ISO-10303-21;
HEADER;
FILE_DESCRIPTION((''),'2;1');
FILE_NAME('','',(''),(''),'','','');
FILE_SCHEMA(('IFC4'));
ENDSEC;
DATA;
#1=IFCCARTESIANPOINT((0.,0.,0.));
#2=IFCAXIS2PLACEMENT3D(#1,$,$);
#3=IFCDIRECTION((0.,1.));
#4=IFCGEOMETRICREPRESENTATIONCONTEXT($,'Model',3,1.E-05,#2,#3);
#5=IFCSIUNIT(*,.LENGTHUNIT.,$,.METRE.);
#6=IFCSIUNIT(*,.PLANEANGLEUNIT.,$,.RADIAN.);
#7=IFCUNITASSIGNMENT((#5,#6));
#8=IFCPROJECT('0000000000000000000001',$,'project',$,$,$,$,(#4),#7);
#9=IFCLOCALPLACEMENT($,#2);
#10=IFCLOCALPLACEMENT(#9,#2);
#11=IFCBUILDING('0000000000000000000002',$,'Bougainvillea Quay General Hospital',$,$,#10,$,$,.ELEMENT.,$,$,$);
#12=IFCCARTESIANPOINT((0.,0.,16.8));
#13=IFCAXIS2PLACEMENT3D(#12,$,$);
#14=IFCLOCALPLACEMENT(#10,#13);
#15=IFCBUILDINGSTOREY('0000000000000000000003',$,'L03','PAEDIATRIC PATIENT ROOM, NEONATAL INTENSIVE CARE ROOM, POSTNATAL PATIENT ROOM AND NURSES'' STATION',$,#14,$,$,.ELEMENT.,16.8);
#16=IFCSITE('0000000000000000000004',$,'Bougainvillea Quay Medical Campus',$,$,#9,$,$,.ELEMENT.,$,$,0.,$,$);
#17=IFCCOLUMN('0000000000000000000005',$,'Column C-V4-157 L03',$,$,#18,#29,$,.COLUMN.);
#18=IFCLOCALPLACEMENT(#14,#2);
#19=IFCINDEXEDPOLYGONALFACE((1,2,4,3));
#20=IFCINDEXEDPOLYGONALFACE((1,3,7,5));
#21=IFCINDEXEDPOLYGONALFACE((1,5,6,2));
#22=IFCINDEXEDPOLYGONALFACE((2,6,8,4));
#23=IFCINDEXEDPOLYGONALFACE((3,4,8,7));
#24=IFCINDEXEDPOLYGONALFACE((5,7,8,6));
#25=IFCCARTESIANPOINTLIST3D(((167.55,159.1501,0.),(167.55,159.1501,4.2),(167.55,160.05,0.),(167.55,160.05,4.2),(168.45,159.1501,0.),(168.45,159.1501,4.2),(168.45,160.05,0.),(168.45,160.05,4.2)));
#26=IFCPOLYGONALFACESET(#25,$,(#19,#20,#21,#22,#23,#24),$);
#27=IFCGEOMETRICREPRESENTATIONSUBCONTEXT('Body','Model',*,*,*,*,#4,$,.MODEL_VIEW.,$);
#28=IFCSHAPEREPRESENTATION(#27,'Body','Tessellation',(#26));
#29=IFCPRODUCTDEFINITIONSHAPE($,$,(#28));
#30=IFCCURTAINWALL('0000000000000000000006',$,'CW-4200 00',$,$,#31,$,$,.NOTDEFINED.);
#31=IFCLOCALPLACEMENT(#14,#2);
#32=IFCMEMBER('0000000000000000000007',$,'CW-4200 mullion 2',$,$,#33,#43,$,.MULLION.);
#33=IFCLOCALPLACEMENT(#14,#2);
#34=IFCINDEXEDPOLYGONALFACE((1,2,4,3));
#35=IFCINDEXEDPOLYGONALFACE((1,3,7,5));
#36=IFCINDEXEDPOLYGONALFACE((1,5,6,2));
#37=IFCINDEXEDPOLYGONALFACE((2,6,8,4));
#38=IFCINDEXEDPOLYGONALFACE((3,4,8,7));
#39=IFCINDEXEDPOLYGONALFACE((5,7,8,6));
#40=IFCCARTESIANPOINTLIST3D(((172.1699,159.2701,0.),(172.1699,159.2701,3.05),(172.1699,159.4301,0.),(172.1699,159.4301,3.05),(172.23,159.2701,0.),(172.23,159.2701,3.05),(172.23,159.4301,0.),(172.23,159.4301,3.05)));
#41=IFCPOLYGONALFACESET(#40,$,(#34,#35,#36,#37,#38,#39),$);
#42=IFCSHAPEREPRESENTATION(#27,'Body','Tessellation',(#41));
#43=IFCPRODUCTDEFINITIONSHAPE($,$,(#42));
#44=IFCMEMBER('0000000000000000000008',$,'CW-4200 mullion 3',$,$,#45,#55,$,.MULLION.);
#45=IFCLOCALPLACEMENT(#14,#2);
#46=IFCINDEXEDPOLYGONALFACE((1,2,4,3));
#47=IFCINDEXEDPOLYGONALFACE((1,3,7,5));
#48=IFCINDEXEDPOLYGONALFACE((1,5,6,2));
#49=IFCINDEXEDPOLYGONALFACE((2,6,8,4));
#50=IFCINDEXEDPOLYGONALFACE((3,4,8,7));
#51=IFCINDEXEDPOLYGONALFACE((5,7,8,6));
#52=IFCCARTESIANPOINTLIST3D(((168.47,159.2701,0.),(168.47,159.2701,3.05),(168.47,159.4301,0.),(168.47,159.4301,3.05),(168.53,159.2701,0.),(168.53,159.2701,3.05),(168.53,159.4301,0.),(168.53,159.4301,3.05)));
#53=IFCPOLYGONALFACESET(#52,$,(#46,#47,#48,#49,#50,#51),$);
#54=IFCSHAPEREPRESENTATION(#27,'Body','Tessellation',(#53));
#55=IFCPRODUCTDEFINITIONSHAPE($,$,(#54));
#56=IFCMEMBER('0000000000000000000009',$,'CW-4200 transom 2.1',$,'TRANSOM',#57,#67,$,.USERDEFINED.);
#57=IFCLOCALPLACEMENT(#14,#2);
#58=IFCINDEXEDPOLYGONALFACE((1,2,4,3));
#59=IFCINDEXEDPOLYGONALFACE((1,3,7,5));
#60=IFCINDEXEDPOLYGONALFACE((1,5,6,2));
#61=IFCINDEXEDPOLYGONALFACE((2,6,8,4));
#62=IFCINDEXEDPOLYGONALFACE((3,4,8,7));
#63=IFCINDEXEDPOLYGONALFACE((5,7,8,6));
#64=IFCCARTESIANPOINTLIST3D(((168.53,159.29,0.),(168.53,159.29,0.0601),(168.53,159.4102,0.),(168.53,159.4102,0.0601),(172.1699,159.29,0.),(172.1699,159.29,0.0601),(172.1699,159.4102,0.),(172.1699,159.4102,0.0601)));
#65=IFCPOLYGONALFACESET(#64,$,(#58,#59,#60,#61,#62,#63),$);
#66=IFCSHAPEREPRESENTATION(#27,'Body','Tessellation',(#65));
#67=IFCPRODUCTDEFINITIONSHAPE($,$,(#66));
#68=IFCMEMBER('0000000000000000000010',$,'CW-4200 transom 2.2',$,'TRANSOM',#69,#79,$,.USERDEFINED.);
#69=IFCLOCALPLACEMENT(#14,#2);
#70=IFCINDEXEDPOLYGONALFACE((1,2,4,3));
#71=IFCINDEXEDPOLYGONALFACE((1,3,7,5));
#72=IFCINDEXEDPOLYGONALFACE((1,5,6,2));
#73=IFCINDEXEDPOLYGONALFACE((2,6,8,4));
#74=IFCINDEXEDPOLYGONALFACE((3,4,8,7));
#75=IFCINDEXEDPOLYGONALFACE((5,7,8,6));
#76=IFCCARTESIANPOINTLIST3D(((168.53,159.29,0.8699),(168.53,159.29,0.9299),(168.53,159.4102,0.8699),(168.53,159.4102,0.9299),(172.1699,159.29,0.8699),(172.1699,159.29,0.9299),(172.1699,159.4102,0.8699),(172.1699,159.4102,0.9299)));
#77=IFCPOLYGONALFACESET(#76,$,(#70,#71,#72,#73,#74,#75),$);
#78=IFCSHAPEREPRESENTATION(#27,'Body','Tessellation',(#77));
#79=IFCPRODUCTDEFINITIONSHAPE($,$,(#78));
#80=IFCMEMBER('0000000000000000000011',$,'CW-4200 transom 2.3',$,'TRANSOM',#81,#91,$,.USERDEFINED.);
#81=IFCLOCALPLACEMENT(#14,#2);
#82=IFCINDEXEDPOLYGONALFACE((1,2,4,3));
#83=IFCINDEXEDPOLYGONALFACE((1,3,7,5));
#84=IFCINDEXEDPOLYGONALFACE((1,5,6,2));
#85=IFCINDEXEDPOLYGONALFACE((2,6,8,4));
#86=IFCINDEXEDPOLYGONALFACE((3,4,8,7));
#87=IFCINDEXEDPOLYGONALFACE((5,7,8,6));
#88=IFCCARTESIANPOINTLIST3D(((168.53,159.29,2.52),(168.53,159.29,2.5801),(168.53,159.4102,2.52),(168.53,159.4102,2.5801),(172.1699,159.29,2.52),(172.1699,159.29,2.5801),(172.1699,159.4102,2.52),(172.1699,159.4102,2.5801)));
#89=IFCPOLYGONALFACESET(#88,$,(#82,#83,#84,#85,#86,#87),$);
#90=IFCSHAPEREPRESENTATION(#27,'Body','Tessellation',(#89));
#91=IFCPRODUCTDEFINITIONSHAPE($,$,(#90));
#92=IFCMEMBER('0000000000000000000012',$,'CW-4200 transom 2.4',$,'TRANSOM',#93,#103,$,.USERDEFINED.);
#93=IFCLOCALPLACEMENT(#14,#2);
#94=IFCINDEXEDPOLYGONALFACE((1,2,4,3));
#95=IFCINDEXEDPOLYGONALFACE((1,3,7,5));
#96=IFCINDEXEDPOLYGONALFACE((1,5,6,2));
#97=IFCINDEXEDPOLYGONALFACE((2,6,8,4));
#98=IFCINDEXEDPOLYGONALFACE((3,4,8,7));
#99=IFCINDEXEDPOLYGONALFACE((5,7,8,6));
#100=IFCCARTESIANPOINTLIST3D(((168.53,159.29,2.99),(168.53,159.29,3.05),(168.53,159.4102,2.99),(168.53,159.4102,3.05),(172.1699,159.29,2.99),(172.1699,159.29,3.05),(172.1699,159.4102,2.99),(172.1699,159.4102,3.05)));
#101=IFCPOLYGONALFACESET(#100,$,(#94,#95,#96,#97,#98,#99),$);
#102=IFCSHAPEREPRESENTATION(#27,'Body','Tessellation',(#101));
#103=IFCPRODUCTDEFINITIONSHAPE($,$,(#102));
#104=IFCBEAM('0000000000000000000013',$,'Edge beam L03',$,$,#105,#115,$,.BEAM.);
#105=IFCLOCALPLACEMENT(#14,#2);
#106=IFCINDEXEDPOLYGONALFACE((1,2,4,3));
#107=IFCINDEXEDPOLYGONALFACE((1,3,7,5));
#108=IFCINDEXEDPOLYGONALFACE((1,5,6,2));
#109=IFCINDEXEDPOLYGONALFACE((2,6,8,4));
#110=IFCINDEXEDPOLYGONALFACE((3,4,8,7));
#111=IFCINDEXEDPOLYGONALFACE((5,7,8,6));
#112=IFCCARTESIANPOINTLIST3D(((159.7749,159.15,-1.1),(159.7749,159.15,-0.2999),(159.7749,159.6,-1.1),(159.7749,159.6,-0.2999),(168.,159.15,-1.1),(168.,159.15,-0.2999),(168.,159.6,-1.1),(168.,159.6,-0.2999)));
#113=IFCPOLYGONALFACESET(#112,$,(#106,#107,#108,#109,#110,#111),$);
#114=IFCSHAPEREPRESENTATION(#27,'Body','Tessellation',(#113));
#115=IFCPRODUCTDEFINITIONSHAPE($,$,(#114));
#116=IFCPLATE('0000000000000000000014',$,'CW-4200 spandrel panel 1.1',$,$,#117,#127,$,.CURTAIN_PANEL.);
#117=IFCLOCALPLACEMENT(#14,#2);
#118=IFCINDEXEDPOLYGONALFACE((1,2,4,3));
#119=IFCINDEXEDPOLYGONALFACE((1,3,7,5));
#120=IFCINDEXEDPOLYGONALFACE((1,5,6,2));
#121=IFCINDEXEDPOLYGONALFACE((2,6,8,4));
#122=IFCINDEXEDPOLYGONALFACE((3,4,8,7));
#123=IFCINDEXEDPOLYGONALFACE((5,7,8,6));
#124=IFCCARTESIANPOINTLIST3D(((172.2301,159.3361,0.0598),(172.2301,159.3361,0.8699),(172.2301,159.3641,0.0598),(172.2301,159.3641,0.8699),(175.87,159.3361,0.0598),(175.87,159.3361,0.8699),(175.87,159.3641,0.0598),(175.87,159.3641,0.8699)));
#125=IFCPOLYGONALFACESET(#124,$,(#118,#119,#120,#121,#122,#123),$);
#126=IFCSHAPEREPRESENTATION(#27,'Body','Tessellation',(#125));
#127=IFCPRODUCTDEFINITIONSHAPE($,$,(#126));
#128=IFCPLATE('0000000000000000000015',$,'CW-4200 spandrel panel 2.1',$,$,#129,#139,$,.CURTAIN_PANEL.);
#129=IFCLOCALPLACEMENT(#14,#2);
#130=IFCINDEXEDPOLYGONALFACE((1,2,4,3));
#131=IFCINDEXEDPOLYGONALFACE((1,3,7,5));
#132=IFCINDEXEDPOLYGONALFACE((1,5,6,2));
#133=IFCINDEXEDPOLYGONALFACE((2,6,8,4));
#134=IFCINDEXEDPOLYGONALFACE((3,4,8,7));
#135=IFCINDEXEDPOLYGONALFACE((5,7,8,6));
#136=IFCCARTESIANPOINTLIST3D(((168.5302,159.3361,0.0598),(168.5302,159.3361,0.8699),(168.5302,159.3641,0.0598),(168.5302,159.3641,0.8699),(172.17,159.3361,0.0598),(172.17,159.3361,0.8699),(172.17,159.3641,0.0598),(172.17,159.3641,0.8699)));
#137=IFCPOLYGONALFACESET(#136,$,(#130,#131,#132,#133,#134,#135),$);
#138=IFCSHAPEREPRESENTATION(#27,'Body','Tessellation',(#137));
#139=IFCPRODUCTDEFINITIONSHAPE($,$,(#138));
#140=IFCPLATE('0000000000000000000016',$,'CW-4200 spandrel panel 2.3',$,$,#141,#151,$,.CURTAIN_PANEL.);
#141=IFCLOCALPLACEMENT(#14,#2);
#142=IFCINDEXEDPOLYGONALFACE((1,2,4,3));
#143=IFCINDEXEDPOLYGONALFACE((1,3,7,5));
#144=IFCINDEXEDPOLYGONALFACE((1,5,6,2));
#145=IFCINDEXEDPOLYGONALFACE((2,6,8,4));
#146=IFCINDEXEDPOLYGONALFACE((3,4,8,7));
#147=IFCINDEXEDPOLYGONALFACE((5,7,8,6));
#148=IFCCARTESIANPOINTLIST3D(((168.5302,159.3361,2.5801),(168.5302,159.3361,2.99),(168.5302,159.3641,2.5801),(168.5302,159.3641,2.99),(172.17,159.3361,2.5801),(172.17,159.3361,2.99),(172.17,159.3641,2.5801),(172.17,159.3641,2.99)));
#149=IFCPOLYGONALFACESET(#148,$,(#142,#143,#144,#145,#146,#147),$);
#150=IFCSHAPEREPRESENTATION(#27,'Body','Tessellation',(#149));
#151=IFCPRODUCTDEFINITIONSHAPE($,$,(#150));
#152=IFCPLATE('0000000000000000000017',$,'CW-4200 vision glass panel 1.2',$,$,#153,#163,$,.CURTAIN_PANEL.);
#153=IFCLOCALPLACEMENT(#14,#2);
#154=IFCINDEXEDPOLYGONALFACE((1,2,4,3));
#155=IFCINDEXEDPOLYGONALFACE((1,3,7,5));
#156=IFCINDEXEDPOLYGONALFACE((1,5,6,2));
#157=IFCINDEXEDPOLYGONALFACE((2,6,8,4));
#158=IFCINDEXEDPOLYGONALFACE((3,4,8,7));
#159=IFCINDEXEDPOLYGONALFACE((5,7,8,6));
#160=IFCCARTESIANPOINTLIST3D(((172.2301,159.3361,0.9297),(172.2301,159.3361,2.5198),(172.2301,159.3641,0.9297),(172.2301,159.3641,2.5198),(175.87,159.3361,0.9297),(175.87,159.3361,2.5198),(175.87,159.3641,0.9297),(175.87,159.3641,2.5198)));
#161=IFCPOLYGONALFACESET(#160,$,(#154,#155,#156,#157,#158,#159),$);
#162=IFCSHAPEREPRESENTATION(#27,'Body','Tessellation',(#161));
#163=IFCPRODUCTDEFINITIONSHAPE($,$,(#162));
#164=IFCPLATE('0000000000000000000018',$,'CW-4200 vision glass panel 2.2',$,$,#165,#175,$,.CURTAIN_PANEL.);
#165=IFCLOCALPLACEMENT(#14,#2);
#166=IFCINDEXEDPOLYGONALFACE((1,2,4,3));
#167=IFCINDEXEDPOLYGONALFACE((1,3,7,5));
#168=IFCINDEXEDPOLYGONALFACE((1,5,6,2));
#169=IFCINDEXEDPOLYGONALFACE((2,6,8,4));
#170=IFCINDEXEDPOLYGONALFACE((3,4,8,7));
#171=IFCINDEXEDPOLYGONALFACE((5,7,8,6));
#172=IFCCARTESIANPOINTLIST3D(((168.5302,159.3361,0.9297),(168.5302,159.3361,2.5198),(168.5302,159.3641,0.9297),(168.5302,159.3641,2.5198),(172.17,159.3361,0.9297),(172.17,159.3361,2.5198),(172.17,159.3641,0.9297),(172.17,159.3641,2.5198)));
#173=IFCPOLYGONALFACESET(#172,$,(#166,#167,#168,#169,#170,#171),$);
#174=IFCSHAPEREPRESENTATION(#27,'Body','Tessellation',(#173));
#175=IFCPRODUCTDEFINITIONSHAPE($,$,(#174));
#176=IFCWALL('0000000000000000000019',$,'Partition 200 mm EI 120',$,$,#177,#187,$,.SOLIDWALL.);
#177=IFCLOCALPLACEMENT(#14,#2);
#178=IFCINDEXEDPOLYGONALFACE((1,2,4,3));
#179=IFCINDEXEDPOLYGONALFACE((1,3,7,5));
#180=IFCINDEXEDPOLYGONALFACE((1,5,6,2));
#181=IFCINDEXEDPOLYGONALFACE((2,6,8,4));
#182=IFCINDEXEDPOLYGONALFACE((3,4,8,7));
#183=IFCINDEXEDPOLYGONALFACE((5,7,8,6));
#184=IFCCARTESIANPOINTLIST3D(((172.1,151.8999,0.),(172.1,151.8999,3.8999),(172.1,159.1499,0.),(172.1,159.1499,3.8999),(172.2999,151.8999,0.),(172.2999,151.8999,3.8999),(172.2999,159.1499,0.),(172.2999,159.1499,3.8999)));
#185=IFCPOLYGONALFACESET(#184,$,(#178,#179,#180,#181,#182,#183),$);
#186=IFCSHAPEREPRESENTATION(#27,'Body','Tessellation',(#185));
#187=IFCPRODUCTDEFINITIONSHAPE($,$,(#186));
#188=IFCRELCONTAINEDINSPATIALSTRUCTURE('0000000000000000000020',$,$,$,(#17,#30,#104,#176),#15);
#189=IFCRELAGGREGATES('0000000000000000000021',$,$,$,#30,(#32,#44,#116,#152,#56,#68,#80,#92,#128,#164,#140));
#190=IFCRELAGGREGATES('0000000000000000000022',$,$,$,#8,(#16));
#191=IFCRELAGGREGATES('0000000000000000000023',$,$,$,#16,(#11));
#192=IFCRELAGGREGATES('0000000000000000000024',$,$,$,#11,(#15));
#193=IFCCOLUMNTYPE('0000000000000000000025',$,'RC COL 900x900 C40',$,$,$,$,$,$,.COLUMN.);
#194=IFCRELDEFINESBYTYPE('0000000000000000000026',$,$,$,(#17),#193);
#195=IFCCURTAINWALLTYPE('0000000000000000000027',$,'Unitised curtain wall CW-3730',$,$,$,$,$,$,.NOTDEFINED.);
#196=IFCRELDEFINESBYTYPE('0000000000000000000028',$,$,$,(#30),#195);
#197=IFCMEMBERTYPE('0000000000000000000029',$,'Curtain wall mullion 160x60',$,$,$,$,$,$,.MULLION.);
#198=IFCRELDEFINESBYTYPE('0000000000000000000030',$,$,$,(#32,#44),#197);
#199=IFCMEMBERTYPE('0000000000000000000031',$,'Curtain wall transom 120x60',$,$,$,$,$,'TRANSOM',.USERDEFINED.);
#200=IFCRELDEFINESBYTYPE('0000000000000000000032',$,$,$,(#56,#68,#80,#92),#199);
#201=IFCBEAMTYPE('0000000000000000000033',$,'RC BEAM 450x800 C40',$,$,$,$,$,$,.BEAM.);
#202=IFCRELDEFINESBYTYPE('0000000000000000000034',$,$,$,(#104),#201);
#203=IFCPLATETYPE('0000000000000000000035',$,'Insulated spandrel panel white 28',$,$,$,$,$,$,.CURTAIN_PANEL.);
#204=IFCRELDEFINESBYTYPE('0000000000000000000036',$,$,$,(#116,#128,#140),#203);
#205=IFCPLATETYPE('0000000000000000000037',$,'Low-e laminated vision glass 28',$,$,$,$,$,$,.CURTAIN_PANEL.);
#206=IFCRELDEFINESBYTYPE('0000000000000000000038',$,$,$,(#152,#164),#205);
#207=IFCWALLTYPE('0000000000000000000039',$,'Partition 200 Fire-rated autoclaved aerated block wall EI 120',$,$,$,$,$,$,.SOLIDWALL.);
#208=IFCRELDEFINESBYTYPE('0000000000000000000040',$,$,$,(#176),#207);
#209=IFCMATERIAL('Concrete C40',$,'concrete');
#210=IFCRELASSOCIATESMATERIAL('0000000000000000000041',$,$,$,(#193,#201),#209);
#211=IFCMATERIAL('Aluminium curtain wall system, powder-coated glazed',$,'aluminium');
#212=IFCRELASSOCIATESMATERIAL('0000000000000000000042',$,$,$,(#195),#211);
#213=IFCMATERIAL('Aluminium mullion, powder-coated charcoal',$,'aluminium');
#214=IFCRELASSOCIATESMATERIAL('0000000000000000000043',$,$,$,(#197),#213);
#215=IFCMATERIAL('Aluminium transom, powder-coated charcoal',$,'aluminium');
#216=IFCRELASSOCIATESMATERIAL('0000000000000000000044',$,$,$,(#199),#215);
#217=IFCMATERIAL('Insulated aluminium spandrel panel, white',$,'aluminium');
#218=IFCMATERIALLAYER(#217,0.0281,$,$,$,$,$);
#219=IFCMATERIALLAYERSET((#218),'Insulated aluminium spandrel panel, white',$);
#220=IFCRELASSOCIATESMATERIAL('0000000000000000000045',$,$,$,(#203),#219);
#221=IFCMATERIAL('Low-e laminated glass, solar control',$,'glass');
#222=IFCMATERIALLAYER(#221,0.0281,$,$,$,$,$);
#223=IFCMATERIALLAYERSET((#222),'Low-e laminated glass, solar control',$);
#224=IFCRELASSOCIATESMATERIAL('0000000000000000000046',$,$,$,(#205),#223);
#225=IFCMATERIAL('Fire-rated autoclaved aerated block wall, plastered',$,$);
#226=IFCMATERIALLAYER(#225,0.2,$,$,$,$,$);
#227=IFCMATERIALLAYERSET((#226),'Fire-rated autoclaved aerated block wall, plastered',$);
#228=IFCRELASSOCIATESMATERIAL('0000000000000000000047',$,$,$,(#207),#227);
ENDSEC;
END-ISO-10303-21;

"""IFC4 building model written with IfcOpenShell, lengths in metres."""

from ifc_helpers import new_model, si_unit, direction, frame, frame_2d, origin, origin_2d, place, context, subcontext, project, spatial, rectangle, extrude, material, layer, layer_set, material_profile, profile_set, type_object, element, aggregate, save


model = new_model("IFC4")

# Units and contexts
model_context = context("Model", 3, precision=1e-05, world=origin(), true_north=direction((0.0, 1.0)))
body_context = subcontext(model_context, "Body", "Model", "MODEL_VIEW")
ifc_project = project(units=[si_unit("LENGTHUNIT", "METRE"), si_unit("PLANEANGLEUNIT", "RADIAN")], contexts=[model_context])

# Site, building, storey
site_placement = place(None, origin())
site = spatial("IfcSite", under=ifc_project, at=site_placement, Name="Bougainvillea Quay Medical Campus", CompositionType="ELEMENT", RefElevation=0.0)
building_placement = place(site_placement, origin())
building = spatial("IfcBuilding", under=site, at=building_placement, Name="Bougainvillea Quay General Hospital", CompositionType="ELEMENT")
storey_placement = place(building_placement, frame((0.0, 0.0, 16.8)))
storey = spatial("IfcBuildingStorey", under=building, at=storey_placement, Name="L03", Description="PAEDIATRIC PATIENT ROOM, NEONATAL INTENSIVE CARE ROOM, POSTNATAL PATIENT ROOM AND NURSES' STATION", CompositionType="ELEMENT", Elevation=16.8)

# Column
ifc_material_1 = material(Name="Concrete C40", Category="concrete")
ifc_material_profile_1 = material_profile(ifc_material_1, rectangle(XDim=0.8999, YDim=0.8999, at=origin_2d()))
ifc_profile_set_1 = profile_set([ifc_material_profile_1], Name="Concrete C40")
column_type = type_object("IfcColumnType", Name="RC COL 900x900 C40", PredefinedType="COLUMN", material=ifc_profile_set_1)
column_placement = place(storey_placement, frame((168.0, 159.6001, 0.0), z_axis=(0.0, 0.0, 1.0), x_axis=(1.0, 0.0, 0.0)))
element("IfcColumn", 1, at=column_placement, inside=storey, type_object=column_type, Name="Column C-V4-157 L03", PredefinedType="COLUMN", context=body_context, shape_type="SweptSolid", body=[
    extrude(rectangle(XDim=0.8999, YDim=0.8999, at=origin_2d()), origin(), (0.0, 0.0, 1.0), 4.2),
])

# Curtain wall, members
ifc_material_2 = material(Name="Aluminium curtain wall system, powder-coated glazed", Category="aluminium")
curtain_wall_type = type_object("IfcCurtainWallType", Name="Unitised curtain wall CW-3730", PredefinedType="NOTDEFINED", material=ifc_material_2)
curtain_wall_placement = place(storey_placement, origin())
curtain_wall = element("IfcCurtainWall", 2, at=curtain_wall_placement, inside=storey, type_object=curtain_wall_type, Name="CW-4200 00", PredefinedType="NOTDEFINED")
ifc_material_3 = material(Name="Aluminium mullion, powder-coated charcoal", Category="aluminium")
ifc_material_profile_2 = material_profile(ifc_material_3, rectangle(XDim=0.1599, YDim=0.0601, at=origin_2d()))
ifc_profile_set_2 = profile_set([ifc_material_profile_2], Name="Aluminium mullion, powder-coated charcoal")
member_type_1 = type_object("IfcMemberType", Name="Curtain wall mullion 160x60", PredefinedType="MULLION", material=ifc_profile_set_2)
member_1_placement = place(storey_placement, frame((172.2, 159.3501, 0.0), z_axis=(0.0, 0.0, 1.0), x_axis=(0.0, -1.0, 0.0)))
member_1 = element("IfcMember", 3, at=member_1_placement, type_object=member_type_1, Name="CW-4200 mullion 2", PredefinedType="MULLION", context=body_context, shape_type="SweptSolid", body=[
    extrude(rectangle(XDim=0.1599, YDim=0.0601, at=origin_2d()), origin(), (0.0, 0.0, 1.0), 3.05),
])
member_2_placement = place(storey_placement, frame((168.5, 159.3501, 0.0), z_axis=(0.0, 0.0, 1.0), x_axis=(0.0, -1.0, 0.0)))
member_2 = element("IfcMember", 4, at=member_2_placement, type_object=member_type_1, Name="CW-4200 mullion 3", PredefinedType="MULLION", context=body_context, shape_type="SweptSolid", body=[
    extrude(rectangle(XDim=0.1599, YDim=0.0601, at=origin_2d()), origin(), (0.0, 0.0, 1.0), 3.05),
])
ifc_material_4 = material(Name="Aluminium transom, powder-coated charcoal", Category="aluminium")
ifc_material_profile_3 = material_profile(ifc_material_4, rectangle(XDim=0.1201, YDim=0.0601, at=origin_2d()))
ifc_profile_set_3 = profile_set([ifc_material_profile_3], Name="Aluminium transom, powder-coated charcoal")
member_type_2 = type_object("IfcMemberType", Name="Curtain wall transom 120x60", ElementType="TRANSOM", PredefinedType="USERDEFINED", material=ifc_profile_set_3)
member_3_placement = place(storey_placement, frame((172.1699, 159.3501, 0.03), z_axis=(-1.0, 0.0, 0.0), x_axis=(0.0, -1.0, 0.0)))
member_3 = element("IfcMember", 5, at=member_3_placement, type_object=member_type_2, Name="CW-4200 transom 2.1", ObjectType="TRANSOM", PredefinedType="USERDEFINED", context=body_context, shape_type="SweptSolid", body=[
    extrude(rectangle(XDim=0.1201, YDim=0.0601, at=origin_2d()), origin(), (0.0, 0.0, 1.0), 3.6399),
])
member_4_placement = place(storey_placement, frame((172.1699, 159.3501, 0.8999), z_axis=(-1.0, 0.0, 0.0), x_axis=(0.0, -1.0, 0.0)))
member_4 = element("IfcMember", 6, at=member_4_placement, type_object=member_type_2, Name="CW-4200 transom 2.2", ObjectType="TRANSOM", PredefinedType="USERDEFINED", context=body_context, shape_type="SweptSolid", body=[
    extrude(rectangle(XDim=0.1201, YDim=0.0601, at=origin_2d()), origin(), (0.0, 0.0, 1.0), 3.6399),
])
member_5_placement = place(storey_placement, frame((172.1699, 159.3501, 2.55), z_axis=(-1.0, 0.0, 0.0), x_axis=(0.0, -1.0, 0.0)))
member_5 = element("IfcMember", 7, at=member_5_placement, type_object=member_type_2, Name="CW-4200 transom 2.3", ObjectType="TRANSOM", PredefinedType="USERDEFINED", context=body_context, shape_type="SweptSolid", body=[
    extrude(rectangle(XDim=0.1201, YDim=0.0601, at=origin_2d()), origin(), (0.0, 0.0, 1.0), 3.6399),
])
member_6_placement = place(storey_placement, frame((172.1699, 159.3501, 3.02), z_axis=(-1.0, 0.0, 0.0), x_axis=(0.0, -1.0, 0.0)))
member_6 = element("IfcMember", 8, at=member_6_placement, type_object=member_type_2, Name="CW-4200 transom 2.4", ObjectType="TRANSOM", PredefinedType="USERDEFINED", context=body_context, shape_type="SweptSolid", body=[
    extrude(rectangle(XDim=0.1201, YDim=0.0601, at=origin_2d()), origin(), (0.0, 0.0, 1.0), 3.6399),
])

# Beam
ifc_material_profile_4 = material_profile(ifc_material_1, rectangle(XDim=0.45, YDim=0.8, at=origin_2d()))
ifc_profile_set_4 = profile_set([ifc_material_profile_4], Name="Concrete C40")
beam_type = type_object("IfcBeamType", Name="RC BEAM 450x800 C40", PredefinedType="BEAM", material=ifc_profile_set_4)
beam_placement = place(storey_placement, frame((168.0, 159.375, -0.7), z_axis=(-1.0, 0.0, 0.0), x_axis=(0.0, -1.0, 0.0)))
element("IfcBeam", 9, at=beam_placement, inside=storey, type_object=beam_type, Name="Edge beam L03", PredefinedType="BEAM", context=body_context, shape_type="SweptSolid", body=[
    extrude(rectangle(XDim=0.45, YDim=0.8, at=origin_2d()), origin(), (0.0, 0.0, 1.0), 8.2251),
])

# Plates
ifc_material_5 = material(Name="Insulated aluminium spandrel panel, white", Category="aluminium")
ifc_layer_1 = layer(ifc_material_5, 0.0281)
ifc_layer_set_1 = layer_set([ifc_layer_1], Name="Insulated aluminium spandrel panel, white")
plate_type_1 = type_object("IfcPlateType", Name="Insulated spandrel panel white 28", PredefinedType="CURTAIN_PANEL", material=ifc_layer_set_1)
plate_1_placement = place(storey_placement, frame((174.05, 159.3501, 0.0598), z_axis=(0.0, 0.0, 1.0), x_axis=(-1.0, 0.0, 0.0)))
plate_1 = element("IfcPlate", 10, at=plate_1_placement, type_object=plate_type_1, Name="CW-4200 spandrel panel 1.1", PredefinedType="CURTAIN_PANEL", context=body_context, shape_type="SweptSolid", body=[
    extrude(rectangle(XDim=3.6399, YDim=0.0281, at=origin_2d()), origin(), (0.0, 0.0, 1.0), 0.8101),
])
plate_2_placement = place(storey_placement, frame((170.3501, 159.3501, 0.0598), z_axis=(0.0, 0.0, 1.0), x_axis=(-1.0, 0.0, 0.0)))
plate_2 = element("IfcPlate", 11, at=plate_2_placement, type_object=plate_type_1, Name="CW-4200 spandrel panel 2.1", PredefinedType="CURTAIN_PANEL", context=body_context, shape_type="SweptSolid", body=[
    extrude(rectangle(XDim=3.6399, YDim=0.0281, at=origin_2d()), origin(), (0.0, 0.0, 1.0), 0.8101),
])
plate_3_placement = place(storey_placement, frame((170.3501, 159.3501, 2.5801), z_axis=(0.0, 0.0, 1.0), x_axis=(-1.0, 0.0, 0.0)))
plate_3 = element("IfcPlate", 12, at=plate_3_placement, type_object=plate_type_1, Name="CW-4200 spandrel panel 2.3", PredefinedType="CURTAIN_PANEL", context=body_context, shape_type="SweptSolid", body=[
    extrude(rectangle(XDim=3.6399, YDim=0.0281, at=origin_2d()), origin(), (0.0, 0.0, 1.0), 0.4099),
])
ifc_material_6 = material(Name="Low-e laminated glass, solar control", Category="glass")
ifc_layer_2 = layer(ifc_material_6, 0.0281)
ifc_layer_set_2 = layer_set([ifc_layer_2], Name="Low-e laminated glass, solar control")
plate_type_2 = type_object("IfcPlateType", Name="Low-e laminated vision glass 28", PredefinedType="CURTAIN_PANEL", material=ifc_layer_set_2)
plate_4_placement = place(storey_placement, frame((174.05, 159.3501, 0.9297), z_axis=(0.0, 0.0, 1.0), x_axis=(-1.0, 0.0, 0.0)))
plate_4 = element("IfcPlate", 13, at=plate_4_placement, type_object=plate_type_2, Name="CW-4200 vision glass panel 1.2", PredefinedType="CURTAIN_PANEL", context=body_context, shape_type="SweptSolid", body=[
    extrude(rectangle(XDim=3.6399, YDim=0.0281, at=origin_2d()), origin(), (0.0, 0.0, 1.0), 1.5901),
])
plate_5_placement = place(storey_placement, frame((170.3501, 159.3501, 0.9297), z_axis=(0.0, 0.0, 1.0), x_axis=(-1.0, 0.0, 0.0)))
plate_5 = element("IfcPlate", 14, at=plate_5_placement, type_object=plate_type_2, Name="CW-4200 vision glass panel 2.2", PredefinedType="CURTAIN_PANEL", context=body_context, shape_type="SweptSolid", body=[
    extrude(rectangle(XDim=3.6399, YDim=0.0281, at=origin_2d()), origin(), (0.0, 0.0, 1.0), 1.5901),
])
aggregate(curtain_wall, [member_1, member_2, plate_1, plate_4, member_3, member_4, member_5, member_6, plate_2, plate_5, plate_3])

# Wall
ifc_material_7 = material(Name="Fire-rated autoclaved aerated block wall, plastered")
ifc_layer_3 = layer(ifc_material_7, 0.2)
ifc_layer_set_3 = layer_set([ifc_layer_3], Name="Fire-rated autoclaved aerated block wall, plastered")
wall_type = type_object("IfcWallType", Name="Partition 200 Fire-rated autoclaved aerated block wall EI 120", PredefinedType="SOLIDWALL", material=ifc_layer_set_3)
wall_1_placement = place(storey_placement, frame((172.2, 151.8999, 0.0), z_axis=(0.0, 0.0, 1.0), x_axis=(0.0, 1.0, 0.0)))
element("IfcWall", 15, at=wall_1_placement, inside=storey, type_object=wall_type, Name="Partition 200 mm EI 120", PredefinedType="SOLIDWALL", context=body_context, shape_type="SweptSolid", body=[
    extrude(rectangle(XDim=7.25, YDim=0.2, at=frame_2d((3.625, 0.0))), origin(), (0.0, 0.0, 1.0), 3.8999),
])

save(model, "model.ifc")
